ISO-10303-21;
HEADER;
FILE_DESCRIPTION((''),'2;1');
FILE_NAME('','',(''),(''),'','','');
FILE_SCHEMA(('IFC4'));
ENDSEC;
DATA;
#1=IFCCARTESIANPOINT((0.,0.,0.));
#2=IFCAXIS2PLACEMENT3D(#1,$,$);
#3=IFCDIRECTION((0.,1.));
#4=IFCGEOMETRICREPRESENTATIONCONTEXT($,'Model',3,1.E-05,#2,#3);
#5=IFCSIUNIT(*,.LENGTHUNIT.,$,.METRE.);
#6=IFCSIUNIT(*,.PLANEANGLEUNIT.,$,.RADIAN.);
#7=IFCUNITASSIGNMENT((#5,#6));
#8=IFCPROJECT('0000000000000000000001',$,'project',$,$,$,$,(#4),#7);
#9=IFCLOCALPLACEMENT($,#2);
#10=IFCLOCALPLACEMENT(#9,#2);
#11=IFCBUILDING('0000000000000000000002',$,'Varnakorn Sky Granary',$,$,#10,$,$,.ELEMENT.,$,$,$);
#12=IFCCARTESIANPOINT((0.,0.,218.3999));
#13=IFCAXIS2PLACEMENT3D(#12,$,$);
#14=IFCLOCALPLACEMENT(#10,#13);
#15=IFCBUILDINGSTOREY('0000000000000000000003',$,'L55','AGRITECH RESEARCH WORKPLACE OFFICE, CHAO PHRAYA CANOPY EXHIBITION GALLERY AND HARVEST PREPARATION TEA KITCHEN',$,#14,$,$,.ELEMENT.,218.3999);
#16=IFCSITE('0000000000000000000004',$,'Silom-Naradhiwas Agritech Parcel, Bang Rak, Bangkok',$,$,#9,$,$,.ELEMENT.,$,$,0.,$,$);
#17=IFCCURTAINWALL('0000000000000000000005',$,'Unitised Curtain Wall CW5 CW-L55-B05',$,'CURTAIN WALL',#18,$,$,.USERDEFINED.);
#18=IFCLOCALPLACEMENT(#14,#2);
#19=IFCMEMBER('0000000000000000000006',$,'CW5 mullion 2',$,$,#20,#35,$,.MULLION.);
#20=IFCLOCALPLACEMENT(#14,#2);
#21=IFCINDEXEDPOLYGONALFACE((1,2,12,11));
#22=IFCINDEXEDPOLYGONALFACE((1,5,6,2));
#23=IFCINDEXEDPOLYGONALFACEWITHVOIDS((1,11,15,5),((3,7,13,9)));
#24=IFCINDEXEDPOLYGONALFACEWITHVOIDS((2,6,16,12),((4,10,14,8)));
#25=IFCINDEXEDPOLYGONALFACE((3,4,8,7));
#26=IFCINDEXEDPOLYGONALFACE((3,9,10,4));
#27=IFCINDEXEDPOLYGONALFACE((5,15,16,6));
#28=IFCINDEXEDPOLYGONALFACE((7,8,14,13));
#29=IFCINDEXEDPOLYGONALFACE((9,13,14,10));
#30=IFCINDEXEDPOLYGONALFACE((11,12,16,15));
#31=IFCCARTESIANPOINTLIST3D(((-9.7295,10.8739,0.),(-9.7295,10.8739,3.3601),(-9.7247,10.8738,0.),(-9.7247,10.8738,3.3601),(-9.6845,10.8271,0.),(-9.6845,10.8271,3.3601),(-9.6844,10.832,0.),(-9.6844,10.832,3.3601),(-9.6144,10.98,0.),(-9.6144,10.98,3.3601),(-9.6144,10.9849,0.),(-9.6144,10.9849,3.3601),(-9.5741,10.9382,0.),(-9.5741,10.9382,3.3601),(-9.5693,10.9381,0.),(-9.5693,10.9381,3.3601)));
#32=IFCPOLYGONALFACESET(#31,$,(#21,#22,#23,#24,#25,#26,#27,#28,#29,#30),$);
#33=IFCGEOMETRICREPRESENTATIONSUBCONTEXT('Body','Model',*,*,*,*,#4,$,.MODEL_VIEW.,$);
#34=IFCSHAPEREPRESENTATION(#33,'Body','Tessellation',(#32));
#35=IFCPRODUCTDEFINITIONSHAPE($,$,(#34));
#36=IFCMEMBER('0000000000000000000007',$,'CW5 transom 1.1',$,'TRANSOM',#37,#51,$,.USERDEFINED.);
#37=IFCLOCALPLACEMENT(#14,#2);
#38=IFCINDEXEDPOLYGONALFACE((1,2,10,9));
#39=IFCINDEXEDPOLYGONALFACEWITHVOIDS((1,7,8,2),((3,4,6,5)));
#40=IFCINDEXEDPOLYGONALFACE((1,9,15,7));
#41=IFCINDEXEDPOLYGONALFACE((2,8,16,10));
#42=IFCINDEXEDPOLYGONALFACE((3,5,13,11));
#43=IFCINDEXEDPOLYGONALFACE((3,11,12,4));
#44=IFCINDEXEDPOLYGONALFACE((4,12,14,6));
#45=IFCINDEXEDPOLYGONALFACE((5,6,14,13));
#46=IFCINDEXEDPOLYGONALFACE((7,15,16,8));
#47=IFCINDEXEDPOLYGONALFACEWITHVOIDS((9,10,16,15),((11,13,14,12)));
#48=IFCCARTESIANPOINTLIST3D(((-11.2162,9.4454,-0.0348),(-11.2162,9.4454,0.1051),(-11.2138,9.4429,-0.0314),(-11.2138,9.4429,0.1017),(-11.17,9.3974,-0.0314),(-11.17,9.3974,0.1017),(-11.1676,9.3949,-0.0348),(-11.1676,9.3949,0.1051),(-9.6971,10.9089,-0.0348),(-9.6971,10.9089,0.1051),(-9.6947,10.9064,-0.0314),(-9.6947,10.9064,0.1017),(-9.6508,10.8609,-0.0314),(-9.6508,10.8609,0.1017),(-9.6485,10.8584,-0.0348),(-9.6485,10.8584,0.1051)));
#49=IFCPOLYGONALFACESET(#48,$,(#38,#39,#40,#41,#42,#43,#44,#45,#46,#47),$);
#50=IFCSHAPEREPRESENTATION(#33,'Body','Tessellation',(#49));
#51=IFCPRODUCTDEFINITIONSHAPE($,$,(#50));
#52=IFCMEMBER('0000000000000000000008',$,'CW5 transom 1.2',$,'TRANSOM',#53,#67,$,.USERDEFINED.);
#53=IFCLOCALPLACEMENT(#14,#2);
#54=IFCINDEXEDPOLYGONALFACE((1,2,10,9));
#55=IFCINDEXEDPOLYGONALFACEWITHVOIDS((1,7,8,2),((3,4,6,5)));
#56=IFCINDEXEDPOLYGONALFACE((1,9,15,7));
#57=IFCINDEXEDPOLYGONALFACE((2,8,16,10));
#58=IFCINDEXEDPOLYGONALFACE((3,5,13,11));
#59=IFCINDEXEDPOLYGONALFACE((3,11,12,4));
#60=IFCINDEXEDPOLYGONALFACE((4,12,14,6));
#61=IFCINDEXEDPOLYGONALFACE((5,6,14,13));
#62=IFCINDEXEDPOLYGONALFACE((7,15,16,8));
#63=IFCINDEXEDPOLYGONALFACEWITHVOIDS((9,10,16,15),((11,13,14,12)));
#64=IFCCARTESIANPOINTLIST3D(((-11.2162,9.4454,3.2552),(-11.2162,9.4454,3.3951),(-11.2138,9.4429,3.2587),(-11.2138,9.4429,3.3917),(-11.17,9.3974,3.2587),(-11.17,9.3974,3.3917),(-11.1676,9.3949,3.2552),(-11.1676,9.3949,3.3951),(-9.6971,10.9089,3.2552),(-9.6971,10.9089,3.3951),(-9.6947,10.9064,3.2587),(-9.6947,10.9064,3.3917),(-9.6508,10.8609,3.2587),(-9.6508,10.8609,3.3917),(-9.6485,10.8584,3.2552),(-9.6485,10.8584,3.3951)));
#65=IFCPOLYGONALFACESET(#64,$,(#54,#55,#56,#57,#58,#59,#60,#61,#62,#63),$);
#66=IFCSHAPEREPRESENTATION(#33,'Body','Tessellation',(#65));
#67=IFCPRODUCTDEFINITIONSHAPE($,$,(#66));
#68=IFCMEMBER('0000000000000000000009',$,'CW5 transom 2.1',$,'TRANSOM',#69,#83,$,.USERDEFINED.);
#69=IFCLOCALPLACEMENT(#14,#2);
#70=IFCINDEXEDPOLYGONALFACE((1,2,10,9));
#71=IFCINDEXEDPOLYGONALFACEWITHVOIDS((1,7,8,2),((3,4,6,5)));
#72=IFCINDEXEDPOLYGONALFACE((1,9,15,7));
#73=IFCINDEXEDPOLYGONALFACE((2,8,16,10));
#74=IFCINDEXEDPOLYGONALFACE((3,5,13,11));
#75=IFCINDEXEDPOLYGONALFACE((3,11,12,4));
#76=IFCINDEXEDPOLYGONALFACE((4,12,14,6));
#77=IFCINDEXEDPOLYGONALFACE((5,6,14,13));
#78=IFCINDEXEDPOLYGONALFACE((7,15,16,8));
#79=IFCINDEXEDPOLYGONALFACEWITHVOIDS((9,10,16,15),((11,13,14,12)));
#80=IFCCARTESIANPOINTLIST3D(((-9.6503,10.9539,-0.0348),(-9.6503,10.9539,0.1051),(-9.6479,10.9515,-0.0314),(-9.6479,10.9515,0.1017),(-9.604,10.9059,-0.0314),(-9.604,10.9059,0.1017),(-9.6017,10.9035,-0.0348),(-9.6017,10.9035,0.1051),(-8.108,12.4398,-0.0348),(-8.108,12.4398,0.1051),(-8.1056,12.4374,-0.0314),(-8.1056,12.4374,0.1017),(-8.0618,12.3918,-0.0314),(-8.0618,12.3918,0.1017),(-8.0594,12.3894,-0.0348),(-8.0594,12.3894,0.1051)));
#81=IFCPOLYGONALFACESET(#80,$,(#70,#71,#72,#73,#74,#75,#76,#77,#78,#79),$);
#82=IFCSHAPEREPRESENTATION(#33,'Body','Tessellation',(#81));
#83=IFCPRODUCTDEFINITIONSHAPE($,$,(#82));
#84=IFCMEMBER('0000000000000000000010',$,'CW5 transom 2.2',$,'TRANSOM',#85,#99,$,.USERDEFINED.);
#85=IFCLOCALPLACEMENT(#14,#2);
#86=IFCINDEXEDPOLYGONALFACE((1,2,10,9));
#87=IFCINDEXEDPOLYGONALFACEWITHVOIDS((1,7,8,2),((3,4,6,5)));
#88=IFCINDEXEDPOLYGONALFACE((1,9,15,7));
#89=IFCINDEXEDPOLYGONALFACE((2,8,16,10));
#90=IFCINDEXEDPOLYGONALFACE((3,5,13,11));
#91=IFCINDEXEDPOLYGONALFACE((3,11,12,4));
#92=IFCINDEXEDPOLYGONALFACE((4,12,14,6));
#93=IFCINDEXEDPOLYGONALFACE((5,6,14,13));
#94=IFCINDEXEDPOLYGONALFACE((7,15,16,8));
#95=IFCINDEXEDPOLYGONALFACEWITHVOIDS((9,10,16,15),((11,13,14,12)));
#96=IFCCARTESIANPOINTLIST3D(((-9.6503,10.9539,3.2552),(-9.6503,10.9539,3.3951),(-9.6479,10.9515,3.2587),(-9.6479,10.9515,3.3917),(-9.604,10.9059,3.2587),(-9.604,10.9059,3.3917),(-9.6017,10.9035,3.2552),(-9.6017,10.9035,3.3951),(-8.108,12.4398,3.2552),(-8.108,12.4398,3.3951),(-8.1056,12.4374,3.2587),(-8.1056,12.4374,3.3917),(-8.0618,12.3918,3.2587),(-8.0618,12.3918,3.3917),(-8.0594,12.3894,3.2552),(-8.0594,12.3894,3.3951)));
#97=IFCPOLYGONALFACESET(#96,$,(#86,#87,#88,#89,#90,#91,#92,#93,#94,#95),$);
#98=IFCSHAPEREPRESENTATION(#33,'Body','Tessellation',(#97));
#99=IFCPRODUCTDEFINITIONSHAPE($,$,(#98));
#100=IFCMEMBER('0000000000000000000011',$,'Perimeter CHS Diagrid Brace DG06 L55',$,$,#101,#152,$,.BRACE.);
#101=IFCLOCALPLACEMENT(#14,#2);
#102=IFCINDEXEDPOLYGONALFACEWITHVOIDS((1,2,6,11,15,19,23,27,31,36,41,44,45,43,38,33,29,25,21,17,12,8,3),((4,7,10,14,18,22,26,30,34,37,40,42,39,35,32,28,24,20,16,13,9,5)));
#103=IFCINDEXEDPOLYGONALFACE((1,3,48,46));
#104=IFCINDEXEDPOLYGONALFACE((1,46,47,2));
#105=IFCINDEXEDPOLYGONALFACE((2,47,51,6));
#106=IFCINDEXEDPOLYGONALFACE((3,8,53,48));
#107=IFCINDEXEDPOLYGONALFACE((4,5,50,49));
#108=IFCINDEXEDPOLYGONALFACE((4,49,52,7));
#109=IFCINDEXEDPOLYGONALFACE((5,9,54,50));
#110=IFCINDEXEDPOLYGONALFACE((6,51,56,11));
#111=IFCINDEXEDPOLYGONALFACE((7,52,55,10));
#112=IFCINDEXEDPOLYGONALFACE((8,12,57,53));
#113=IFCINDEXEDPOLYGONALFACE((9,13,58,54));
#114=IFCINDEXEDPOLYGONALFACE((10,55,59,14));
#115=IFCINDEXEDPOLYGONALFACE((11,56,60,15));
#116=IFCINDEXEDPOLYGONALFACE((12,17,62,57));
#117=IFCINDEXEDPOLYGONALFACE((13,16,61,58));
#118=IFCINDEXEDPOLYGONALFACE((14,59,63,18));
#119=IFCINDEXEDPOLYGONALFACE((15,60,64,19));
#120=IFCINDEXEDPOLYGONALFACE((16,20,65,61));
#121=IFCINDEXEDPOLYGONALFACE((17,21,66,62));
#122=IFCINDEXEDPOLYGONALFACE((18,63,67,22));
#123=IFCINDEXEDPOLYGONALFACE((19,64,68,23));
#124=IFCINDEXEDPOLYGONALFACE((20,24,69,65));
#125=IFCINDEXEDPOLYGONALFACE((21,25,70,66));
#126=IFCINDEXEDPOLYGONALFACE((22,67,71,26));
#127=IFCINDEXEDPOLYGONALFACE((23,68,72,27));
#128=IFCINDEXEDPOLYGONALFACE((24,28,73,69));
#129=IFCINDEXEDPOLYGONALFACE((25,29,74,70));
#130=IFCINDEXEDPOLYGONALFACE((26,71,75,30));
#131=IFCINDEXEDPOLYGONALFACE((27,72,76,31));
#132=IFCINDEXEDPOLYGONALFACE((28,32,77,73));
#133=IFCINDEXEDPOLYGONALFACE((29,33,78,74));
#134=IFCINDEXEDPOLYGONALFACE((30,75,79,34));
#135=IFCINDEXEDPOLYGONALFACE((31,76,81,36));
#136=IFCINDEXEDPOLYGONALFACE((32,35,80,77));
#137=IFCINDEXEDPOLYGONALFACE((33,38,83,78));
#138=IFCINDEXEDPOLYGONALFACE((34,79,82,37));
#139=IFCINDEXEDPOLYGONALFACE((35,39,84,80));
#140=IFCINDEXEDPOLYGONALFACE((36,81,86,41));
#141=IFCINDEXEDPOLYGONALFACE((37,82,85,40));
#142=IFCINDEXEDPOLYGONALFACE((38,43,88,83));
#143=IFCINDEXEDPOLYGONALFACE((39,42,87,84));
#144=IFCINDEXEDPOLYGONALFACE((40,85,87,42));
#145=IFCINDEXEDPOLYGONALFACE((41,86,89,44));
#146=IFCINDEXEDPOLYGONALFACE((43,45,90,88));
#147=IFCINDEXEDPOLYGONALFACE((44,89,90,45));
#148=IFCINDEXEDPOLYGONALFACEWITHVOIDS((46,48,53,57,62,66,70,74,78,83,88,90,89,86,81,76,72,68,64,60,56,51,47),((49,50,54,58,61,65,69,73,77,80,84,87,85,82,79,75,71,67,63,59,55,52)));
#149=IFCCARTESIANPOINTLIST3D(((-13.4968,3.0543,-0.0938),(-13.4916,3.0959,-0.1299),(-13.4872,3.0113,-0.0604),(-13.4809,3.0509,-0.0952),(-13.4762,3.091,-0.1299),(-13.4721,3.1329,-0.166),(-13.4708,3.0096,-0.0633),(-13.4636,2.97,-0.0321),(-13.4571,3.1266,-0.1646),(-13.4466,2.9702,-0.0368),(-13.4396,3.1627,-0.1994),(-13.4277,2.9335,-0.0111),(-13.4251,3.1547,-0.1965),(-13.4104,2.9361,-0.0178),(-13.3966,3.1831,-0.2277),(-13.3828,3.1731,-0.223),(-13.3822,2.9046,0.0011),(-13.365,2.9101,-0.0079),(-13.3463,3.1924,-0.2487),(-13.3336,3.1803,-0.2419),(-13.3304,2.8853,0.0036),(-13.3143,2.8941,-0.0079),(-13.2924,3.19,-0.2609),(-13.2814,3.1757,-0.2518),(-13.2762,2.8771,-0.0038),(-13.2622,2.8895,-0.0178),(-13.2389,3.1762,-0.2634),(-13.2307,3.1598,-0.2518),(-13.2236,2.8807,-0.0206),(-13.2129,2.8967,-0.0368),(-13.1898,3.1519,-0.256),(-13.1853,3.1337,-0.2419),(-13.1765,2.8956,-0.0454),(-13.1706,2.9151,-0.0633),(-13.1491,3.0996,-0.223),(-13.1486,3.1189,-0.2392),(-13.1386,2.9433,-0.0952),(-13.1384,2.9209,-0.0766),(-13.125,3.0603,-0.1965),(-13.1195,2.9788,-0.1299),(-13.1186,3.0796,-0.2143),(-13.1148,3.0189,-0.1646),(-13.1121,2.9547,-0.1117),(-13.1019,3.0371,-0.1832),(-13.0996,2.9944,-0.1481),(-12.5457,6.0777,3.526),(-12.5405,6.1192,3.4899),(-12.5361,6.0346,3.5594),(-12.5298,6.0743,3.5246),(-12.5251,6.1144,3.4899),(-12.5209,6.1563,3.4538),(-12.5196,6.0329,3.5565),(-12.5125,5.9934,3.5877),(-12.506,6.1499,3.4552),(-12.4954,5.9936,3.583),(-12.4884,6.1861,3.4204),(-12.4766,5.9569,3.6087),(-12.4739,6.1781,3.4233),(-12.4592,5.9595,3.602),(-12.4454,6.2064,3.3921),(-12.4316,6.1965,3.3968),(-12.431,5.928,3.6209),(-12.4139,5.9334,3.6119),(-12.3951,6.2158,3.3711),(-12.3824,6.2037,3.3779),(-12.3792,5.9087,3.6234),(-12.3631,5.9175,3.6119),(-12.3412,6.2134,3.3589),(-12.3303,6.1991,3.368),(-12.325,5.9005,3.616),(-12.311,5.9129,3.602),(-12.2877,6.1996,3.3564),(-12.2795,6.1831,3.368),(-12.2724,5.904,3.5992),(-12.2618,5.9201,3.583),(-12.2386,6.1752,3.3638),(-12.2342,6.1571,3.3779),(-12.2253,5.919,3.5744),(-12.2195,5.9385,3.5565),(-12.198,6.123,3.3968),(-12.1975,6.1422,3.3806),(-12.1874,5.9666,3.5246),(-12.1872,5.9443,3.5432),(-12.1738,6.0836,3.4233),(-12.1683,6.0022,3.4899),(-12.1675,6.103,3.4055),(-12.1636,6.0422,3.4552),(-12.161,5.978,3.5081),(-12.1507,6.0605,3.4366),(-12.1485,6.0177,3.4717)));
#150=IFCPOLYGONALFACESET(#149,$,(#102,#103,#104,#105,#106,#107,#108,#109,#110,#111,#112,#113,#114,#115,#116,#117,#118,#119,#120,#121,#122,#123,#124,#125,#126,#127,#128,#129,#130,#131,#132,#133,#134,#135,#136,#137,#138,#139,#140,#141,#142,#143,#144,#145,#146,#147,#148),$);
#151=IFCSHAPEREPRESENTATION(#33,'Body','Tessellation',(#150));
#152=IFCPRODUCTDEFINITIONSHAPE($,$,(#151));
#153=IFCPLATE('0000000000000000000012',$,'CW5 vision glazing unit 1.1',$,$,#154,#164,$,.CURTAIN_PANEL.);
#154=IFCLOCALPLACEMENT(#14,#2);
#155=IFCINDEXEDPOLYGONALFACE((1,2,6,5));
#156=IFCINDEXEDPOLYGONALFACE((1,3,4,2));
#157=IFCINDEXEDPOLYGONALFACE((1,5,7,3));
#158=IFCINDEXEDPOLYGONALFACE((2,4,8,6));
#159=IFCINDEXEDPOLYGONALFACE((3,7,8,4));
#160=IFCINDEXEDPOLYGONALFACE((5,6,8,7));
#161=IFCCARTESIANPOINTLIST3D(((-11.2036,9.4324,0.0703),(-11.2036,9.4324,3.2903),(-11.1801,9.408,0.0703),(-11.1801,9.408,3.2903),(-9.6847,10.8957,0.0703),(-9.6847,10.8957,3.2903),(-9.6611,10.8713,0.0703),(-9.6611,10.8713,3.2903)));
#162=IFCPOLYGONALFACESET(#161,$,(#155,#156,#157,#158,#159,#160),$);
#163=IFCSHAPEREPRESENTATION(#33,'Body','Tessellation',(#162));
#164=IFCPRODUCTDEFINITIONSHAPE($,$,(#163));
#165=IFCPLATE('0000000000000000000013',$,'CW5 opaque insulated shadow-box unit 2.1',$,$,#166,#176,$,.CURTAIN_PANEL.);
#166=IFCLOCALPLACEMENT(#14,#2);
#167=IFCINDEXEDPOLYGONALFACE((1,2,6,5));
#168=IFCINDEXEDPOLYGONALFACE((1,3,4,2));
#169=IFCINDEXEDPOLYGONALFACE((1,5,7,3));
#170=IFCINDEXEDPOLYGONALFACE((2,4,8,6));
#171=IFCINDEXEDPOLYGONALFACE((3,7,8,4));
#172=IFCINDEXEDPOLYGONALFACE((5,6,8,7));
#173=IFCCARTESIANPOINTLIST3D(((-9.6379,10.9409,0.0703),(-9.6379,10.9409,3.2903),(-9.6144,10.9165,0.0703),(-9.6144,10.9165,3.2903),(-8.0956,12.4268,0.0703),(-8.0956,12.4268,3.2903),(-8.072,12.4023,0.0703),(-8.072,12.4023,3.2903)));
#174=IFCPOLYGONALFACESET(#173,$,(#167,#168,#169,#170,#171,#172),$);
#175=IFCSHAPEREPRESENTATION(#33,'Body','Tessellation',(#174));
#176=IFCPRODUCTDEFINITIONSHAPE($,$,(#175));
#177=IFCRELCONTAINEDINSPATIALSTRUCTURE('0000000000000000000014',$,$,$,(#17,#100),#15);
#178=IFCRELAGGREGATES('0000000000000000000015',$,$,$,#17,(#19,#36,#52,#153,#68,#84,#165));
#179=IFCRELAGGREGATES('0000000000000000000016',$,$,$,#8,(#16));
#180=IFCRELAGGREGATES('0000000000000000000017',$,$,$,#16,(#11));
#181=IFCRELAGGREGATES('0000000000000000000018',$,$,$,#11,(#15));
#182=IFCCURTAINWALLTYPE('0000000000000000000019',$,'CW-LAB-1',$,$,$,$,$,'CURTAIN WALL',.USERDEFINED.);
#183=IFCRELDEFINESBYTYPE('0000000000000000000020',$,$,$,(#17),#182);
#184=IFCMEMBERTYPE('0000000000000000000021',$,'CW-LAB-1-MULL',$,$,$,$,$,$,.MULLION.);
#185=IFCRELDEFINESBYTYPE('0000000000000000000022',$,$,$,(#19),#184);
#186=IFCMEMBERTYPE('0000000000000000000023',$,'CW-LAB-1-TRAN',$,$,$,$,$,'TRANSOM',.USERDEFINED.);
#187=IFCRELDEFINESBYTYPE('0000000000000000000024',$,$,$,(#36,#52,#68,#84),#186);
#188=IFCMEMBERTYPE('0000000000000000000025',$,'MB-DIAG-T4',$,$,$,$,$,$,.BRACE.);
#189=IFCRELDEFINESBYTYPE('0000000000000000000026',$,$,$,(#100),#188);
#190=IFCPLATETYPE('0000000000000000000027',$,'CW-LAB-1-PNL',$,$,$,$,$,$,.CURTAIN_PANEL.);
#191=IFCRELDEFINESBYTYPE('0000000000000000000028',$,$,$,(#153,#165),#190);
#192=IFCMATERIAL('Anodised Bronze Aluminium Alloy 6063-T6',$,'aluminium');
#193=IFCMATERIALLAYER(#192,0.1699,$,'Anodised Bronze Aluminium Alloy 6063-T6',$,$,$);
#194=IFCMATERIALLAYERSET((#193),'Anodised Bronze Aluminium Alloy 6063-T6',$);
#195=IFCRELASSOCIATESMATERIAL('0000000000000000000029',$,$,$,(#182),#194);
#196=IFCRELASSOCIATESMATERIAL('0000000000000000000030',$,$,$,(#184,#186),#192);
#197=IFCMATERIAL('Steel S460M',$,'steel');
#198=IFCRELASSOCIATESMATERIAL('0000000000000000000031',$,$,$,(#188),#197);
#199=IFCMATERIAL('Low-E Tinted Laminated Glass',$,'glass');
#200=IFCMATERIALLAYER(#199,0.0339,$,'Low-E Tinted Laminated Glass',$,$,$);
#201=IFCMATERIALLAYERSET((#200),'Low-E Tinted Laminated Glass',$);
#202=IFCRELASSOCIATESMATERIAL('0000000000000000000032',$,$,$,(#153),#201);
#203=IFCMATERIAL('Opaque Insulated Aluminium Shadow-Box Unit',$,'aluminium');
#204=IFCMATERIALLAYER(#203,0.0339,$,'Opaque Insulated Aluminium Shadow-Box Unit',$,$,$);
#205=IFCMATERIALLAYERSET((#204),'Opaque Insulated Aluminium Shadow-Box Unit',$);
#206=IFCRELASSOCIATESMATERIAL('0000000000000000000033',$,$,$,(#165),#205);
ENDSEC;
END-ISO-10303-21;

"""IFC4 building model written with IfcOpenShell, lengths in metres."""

from ifc_helpers import new_model, si_unit, direction, frame, origin, origin_2d, place, context, subcontext, project, spatial, rectangle, hollow_rectangle, hollow_circle, extrude, source, transform, mapped, material, layer, layer_set, material_profile, profile_set, type_object, type_shapes, element, aggregate, save


model = new_model("IFC4")

# Units and contexts
model_context = context("Model", 3, precision=1e-05, world=origin(), true_north=direction((0.0, 1.0)))
body_context = subcontext(model_context, "Body", "Model", "MODEL_VIEW")
ifc_project = project(units=[si_unit("LENGTHUNIT", "METRE"), si_unit("PLANEANGLEUNIT", "RADIAN")], contexts=[model_context])

# Site, building, storey
site_placement = place(None, origin())
site = spatial("IfcSite", under=ifc_project, at=site_placement, Name="Silom-Naradhiwas Agritech Parcel, Bang Rak, Bangkok", CompositionType="ELEMENT", RefElevation=0.0)
building_placement = place(site_placement, origin())
building = spatial("IfcBuilding", under=site, at=building_placement, Name="Varnakorn Sky Granary", CompositionType="ELEMENT")
storey_placement = place(building_placement, frame((0.0, 0.0, 218.3999)))
storey = spatial("IfcBuildingStorey", under=building, at=storey_placement, Name="L55", Description="AGRITECH RESEARCH WORKPLACE OFFICE, CHAO PHRAYA CANOPY EXHIBITION GALLERY AND HARVEST PREPARATION TEA KITCHEN", CompositionType="ELEMENT", Elevation=218.3999)

# Shared definitions
ifc_material_1 = material(Name="Steel S460M", Category="steel")

# Curtain wall, members
ifc_material_2 = material(Name="Anodised Bronze Aluminium Alloy 6063-T6", Category="aluminium")
ifc_layer_1 = layer(ifc_material_2, 0.1699, Name="Anodised Bronze Aluminium Alloy 6063-T6")
ifc_layer_set_1 = layer_set([ifc_layer_1], Name="Anodised Bronze Aluminium Alloy 6063-T6")
curtain_wall_type = type_object("IfcCurtainWallType", Name="CW-LAB-1", ElementType="CURTAIN WALL", PredefinedType="USERDEFINED", material=ifc_layer_set_1)
curtain_wall_placement = place(storey_placement, origin())
curtain_wall = element("IfcCurtainWall", 1, at=curtain_wall_placement, inside=storey, type_object=curtain_wall_type, Name="Unitised Curtain Wall CW5 CW-L55-B05", ObjectType="CURTAIN WALL", PredefinedType="USERDEFINED")
ifc_material_profile_1 = material_profile(ifc_material_2, hollow_rectangle(XDim=0.0649, YDim=0.1599, WallThickness=0.0034, at=origin_2d()), Name="ALU MULL 65x160")
ifc_profile_set_1 = profile_set([ifc_material_profile_1], Name="Anodised Bronze Aluminium Alloy 6063-T6")
member_type_1 = type_object("IfcMemberType", Name="CW-LAB-1-MULL", PredefinedType="MULLION", material=ifc_profile_set_1)
member_1_placement = place(storey_placement, frame((-9.6494, 10.906, 0.0), z_axis=(0.0, 0.0, 1.0), x_axis=(-0.693785, 0.720182, 0.0)))
member_1 = element("IfcMember", 2, at=member_1_placement, type_object=member_type_1, Name="CW5 mullion 2", PredefinedType="MULLION", context=body_context, shape_type="SweptSolid", body=[
    extrude(hollow_rectangle(XDim=0.0649, YDim=0.1599, WallThickness=0.0034, at=origin_2d()), origin(), (0.0, 0.0, 1.0), 3.3601),
])
ifc_material_profile_2 = material_profile(ifc_material_2, hollow_rectangle(XDim=0.0701, YDim=0.1399, WallThickness=0.0034, at=origin_2d()), Name="ALU TRAN 70x140")
ifc_profile_set_2 = profile_set([ifc_material_profile_2], Name="Anodised Bronze Aluminium Alloy 6063-T6")
member_type_2 = type_object("IfcMemberType", Name="CW-LAB-1-TRAN", ElementType="TRANSOM", PredefinedType="USERDEFINED", material=ifc_profile_set_2)
member_2_placement = place(storey_placement, frame((-11.1919, 9.4202, 0.0352), z_axis=(0.720179, 0.693788, 0.0), x_axis=(-0.693788, 0.720179, 0.0)))
member_2 = element("IfcMember", 3, at=member_2_placement, type_object=member_type_2, Name="CW5 transom 1.1", ObjectType="TRANSOM", PredefinedType="USERDEFINED", context=body_context, shape_type="SweptSolid", body=[
    extrude(hollow_rectangle(XDim=0.0701, YDim=0.1399, WallThickness=0.0034, at=origin_2d()), origin(), (0.0, 0.0, 1.0), 2.1094),
])
member_3_placement = place(storey_placement, frame((-11.1919, 9.4202, 3.3252), z_axis=(0.720179, 0.693788, 0.0), x_axis=(-0.693788, 0.720179, 0.0)))
member_3 = element("IfcMember", 4, at=member_3_placement, type_object=member_type_2, Name="CW5 transom 1.2", ObjectType="TRANSOM", PredefinedType="USERDEFINED", context=body_context, shape_type="SweptSolid", body=[
    extrude(hollow_rectangle(XDim=0.0701, YDim=0.1399, WallThickness=0.0034, at=origin_2d()), origin(), (0.0, 0.0, 1.0), 2.1094),
])
member_4_placement = place(storey_placement, frame((-9.626, 10.9287, 0.0352), z_axis=(0.720151, 0.693817, 0.0), x_axis=(-0.693817, 0.720151, 0.0)))
member_4 = element("IfcMember", 5, at=member_4_placement, type_object=member_type_2, Name="CW5 transom 2.1", ObjectType="TRANSOM", PredefinedType="USERDEFINED", context=body_context, shape_type="SweptSolid", body=[
    extrude(hollow_rectangle(XDim=0.0701, YDim=0.1399, WallThickness=0.0034, at=origin_2d()), origin(), (0.0, 0.0, 1.0), 2.1416),
])
member_5_placement = place(storey_placement, frame((-9.626, 10.9287, 3.3252), z_axis=(0.720151, 0.693817, 0.0), x_axis=(-0.693817, 0.720151, 0.0)))
member_5 = element("IfcMember", 6, at=member_5_placement, type_object=member_type_2, Name="CW5 transom 2.2", ObjectType="TRANSOM", PredefinedType="USERDEFINED", context=body_context, shape_type="SweptSolid", body=[
    extrude(hollow_rectangle(XDim=0.0701, YDim=0.1399, WallThickness=0.0034, at=origin_2d()), origin(), (0.0, 0.0, 1.0), 2.1416),
])

# Member
ifc_material_profile_3 = material_profile(ifc_material_1, hollow_circle(Radius=0.2031, WallThickness=0.0161, at=origin_2d()), Name="CHS 406.4x16")
ifc_profile_set_3 = profile_set([ifc_material_profile_3], Name="Steel S460M")
member_type_3 = type_object("IfcMemberType", Name="MB-DIAG-T4", PredefinedType="BRACE", material=ifc_profile_set_3)
member_6_placement = place(storey_placement, frame((-13.2979, 3.0349, -0.1299), z_axis=(0.197692, 0.628393, 0.752356), x_axis=(-0.953908, 0.300099, 0.0)))
element("IfcMember", 7, at=member_6_placement, inside=storey, type_object=member_type_3, Name="Perimeter CHS Diagrid Brace DG06 L55", PredefinedType="BRACE", context=body_context, shape_type="SweptSolid", body=[
    extrude(hollow_circle(Radius=0.2031, WallThickness=0.0161, at=origin_2d()), origin(), (0.0, 0.0, 1.0), 4.8113),
])

# Plates
ifc_material_3 = material(Name="Low-E Tinted Laminated Glass", Category="glass")
ifc_layer_2 = layer(ifc_material_3, 0.0339, Name="Low-E Tinted Laminated Glass")
ifc_layer_set_2 = layer_set([ifc_layer_2], Name="Low-E Tinted Laminated Glass")
plate_type = type_object("IfcPlateType", Name="CW-LAB-1-PNL", PredefinedType="CURTAIN_PANEL")
shared_shape_1 = source(origin(), body_context, "Body", "SweptSolid", [
    extrude(rectangle(XDim=2.1091, YDim=0.0339, at=origin_2d()), origin(), (0.0, 0.0, 1.0), 3.22),
])
plate_1_placement = place(storey_placement, frame((-10.4324, 10.1519, 0.0703), z_axis=(0.0, 0.0, 1.0), x_axis=(0.720182, 0.693785, 0.0)))
plate_1 = element("IfcPlate", 8, at=plate_1_placement, type_object=plate_type, material=ifc_layer_set_2, Name="CW5 vision glazing unit 1.1", PredefinedType="CURTAIN_PANEL", context=body_context, shape_type="MappedRepresentation", body=[
    mapped(shared_shape_1, transform((0.0, 0.0, 0.0), x_axis=(1.0, 0.0, 0.0), y_axis=(0.0, 1.0, 0.0), z_axis=(0.0, 0.0, 1.0), scale=1.0)),
])
ifc_material_4 = material(Name="Opaque Insulated Aluminium Shadow-Box Unit", Category="aluminium")
ifc_layer_3 = layer(ifc_material_4, 0.0339, Name="Opaque Insulated Aluminium Shadow-Box Unit")
ifc_layer_set_3 = layer_set([ifc_layer_3], Name="Opaque Insulated Aluminium Shadow-Box Unit")
shared_shape_2 = source(origin(), body_context, "Body", "SweptSolid", [
    extrude(rectangle(XDim=2.1416, YDim=0.0339, at=origin_2d()), origin(), (0.0, 0.0, 1.0), 3.22),
])
type_shapes(plate_type, [shared_shape_1, shared_shape_2])
plate_2_placement = place(storey_placement, frame((-8.855, 11.6716, 0.0703), z_axis=(0.0, 0.0, 1.0), x_axis=(0.720182, 0.693785, 0.0)))
plate_2 = element("IfcPlate", 9, at=plate_2_placement, type_object=plate_type, material=ifc_layer_set_3, Name="CW5 opaque insulated shadow-box unit 2.1", PredefinedType="CURTAIN_PANEL", context=body_context, shape_type="MappedRepresentation", body=[
    mapped(shared_shape_2, transform((0.0, 0.0, 0.0), x_axis=(1.0, 0.0, 0.0), y_axis=(0.0, 1.0, 0.0), z_axis=(0.0, 0.0, 1.0), scale=1.0)),
])
aggregate(curtain_wall, [member_1, member_2, member_3, plate_1, member_4, member_5, plate_2])

save(model, "model.ifc")
